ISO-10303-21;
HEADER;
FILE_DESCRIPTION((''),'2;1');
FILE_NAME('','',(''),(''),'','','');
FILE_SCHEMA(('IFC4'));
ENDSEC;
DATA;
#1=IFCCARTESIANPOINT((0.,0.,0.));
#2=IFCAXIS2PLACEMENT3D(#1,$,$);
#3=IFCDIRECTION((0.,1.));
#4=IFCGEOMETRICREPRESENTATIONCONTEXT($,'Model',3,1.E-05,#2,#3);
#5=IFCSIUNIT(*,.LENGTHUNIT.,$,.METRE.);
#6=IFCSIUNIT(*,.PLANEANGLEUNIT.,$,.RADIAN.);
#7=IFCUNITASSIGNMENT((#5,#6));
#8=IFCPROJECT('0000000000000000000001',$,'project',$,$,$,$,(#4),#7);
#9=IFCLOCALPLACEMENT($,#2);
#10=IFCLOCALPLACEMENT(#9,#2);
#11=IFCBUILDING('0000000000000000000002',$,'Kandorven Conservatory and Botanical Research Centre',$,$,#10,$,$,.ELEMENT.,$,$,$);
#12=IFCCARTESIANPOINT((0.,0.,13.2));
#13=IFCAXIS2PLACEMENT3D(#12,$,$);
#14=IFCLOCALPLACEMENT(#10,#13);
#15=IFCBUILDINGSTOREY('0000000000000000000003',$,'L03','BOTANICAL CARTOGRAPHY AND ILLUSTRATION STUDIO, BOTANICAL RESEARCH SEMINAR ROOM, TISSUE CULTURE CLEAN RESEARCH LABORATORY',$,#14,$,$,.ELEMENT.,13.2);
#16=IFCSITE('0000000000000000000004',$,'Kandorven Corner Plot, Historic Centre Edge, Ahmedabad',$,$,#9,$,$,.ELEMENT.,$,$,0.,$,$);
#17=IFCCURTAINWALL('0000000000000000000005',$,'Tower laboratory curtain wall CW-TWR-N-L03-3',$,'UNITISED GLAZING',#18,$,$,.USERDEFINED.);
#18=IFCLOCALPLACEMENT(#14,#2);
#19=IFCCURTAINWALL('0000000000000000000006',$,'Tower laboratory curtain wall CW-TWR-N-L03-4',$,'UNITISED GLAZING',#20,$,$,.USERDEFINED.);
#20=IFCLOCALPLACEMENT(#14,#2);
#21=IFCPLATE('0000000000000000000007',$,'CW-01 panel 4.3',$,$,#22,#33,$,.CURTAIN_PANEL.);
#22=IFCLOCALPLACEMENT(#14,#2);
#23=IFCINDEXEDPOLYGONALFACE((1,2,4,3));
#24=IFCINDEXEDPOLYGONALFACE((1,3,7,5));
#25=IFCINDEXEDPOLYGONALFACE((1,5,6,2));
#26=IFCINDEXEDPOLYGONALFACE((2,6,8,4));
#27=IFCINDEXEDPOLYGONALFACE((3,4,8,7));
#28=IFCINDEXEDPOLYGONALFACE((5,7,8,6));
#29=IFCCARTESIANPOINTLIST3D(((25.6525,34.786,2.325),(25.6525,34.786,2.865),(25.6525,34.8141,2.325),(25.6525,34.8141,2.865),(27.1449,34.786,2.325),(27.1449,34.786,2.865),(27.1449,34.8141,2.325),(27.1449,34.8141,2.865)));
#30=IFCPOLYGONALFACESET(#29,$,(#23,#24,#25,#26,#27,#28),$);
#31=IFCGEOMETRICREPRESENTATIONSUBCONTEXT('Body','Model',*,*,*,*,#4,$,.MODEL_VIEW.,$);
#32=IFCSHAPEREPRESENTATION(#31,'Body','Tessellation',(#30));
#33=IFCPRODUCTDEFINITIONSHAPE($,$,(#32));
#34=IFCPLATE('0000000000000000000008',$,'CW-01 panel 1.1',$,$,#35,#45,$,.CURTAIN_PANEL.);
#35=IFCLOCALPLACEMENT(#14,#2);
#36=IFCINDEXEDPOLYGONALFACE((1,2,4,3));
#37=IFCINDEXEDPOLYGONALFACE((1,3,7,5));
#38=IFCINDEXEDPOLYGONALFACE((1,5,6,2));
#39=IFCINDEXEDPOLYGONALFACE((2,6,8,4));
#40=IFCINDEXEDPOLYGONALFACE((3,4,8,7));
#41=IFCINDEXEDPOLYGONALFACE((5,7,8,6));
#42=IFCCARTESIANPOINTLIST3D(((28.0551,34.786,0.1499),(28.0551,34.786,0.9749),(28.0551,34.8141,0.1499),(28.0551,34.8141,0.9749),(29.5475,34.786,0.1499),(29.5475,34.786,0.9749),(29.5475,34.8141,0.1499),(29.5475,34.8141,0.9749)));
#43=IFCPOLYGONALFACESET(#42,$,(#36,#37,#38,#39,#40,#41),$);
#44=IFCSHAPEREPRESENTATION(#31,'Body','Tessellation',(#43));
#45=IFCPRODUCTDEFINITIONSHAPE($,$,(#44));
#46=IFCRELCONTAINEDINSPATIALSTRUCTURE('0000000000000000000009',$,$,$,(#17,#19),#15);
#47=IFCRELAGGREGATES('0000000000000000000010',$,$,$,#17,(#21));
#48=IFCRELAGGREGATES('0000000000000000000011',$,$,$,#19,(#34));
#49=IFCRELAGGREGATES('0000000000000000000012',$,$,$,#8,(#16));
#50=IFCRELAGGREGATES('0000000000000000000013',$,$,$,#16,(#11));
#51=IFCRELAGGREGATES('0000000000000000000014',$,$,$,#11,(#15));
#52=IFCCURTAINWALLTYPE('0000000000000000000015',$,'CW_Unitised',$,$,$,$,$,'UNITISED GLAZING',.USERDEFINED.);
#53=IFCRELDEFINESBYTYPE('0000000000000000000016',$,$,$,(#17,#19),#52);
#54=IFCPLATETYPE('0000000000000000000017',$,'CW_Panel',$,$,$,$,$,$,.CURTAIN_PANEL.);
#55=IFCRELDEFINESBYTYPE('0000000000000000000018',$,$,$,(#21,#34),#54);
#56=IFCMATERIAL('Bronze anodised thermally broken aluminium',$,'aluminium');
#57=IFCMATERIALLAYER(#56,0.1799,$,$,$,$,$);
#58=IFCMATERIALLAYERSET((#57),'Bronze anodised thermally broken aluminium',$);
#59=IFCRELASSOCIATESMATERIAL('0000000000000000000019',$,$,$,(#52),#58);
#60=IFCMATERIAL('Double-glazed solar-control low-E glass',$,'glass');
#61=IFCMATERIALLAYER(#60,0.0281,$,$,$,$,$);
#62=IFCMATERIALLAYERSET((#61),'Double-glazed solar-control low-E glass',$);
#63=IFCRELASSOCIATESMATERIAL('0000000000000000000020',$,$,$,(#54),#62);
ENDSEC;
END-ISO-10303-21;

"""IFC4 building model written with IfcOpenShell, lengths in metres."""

from ifc_helpers import new_model, si_unit, direction, frame, origin, origin_2d, place, context, subcontext, project, spatial, rectangle, extrude, material, layer, layer_set, type_object, element, aggregate, save


model = new_model("IFC4")

# Units and contexts
model_context = context("Model", 3, precision=1e-05, world=origin(), true_north=direction((0.0, 1.0)))
body_context = subcontext(model_context, "Body", "Model", "MODEL_VIEW")
ifc_project = project(units=[si_unit("LENGTHUNIT", "METRE"), si_unit("PLANEANGLEUNIT", "RADIAN")], contexts=[model_context])

# Site, building, storey
site_placement = place(None, origin())
site = spatial("IfcSite", under=ifc_project, at=site_placement, Name="Kandorven Corner Plot, Historic Centre Edge, Ahmedabad", CompositionType="ELEMENT", RefElevation=0.0)
building_placement = place(site_placement, origin())
building = spatial("IfcBuilding", under=site, at=building_placement, Name="Kandorven Conservatory and Botanical Research Centre", CompositionType="ELEMENT")
storey_placement = place(building_placement, frame((0.0, 0.0, 13.2)))
storey = spatial("IfcBuildingStorey", under=building, at=storey_placement, Name="L03", Description="BOTANICAL CARTOGRAPHY AND ILLUSTRATION STUDIO, BOTANICAL RESEARCH SEMINAR ROOM, TISSUE CULTURE CLEAN RESEARCH LABORATORY", CompositionType="ELEMENT", Elevation=13.2)

# Curtain wall
ifc_material_1 = material(Name="Bronze anodised thermally broken aluminium", Category="aluminium")
ifc_layer_1 = layer(ifc_material_1, 0.1799)
ifc_layer_set_1 = layer_set([ifc_layer_1], Name="Bronze anodised thermally broken aluminium")
curtain_wall_type = type_object("IfcCurtainWallType", Name="CW_Unitised", ElementType="UNITISED GLAZING", PredefinedType="USERDEFINED", material=ifc_layer_set_1)
curtain_wall_1_placement = place(storey_placement, origin())
curtain_wall_1 = element("IfcCurtainWall", 1, at=curtain_wall_1_placement, inside=storey, type_object=curtain_wall_type, Name="Tower laboratory curtain wall CW-TWR-N-L03-3", ObjectType="UNITISED GLAZING", PredefinedType="USERDEFINED")

# Curtain wall
curtain_wall_2_placement = place(storey_placement, origin())
curtain_wall_2 = element("IfcCurtainWall", 2, at=curtain_wall_2_placement, inside=storey, type_object=curtain_wall_type, Name="Tower laboratory curtain wall CW-TWR-N-L03-4", ObjectType="UNITISED GLAZING", PredefinedType="USERDEFINED")

# Plates
ifc_material_2 = material(Name="Double-glazed solar-control low-E glass", Category="glass")
ifc_layer_2 = layer(ifc_material_2, 0.0281)
ifc_layer_set_2 = layer_set([ifc_layer_2], Name="Double-glazed solar-control low-E glass")
plate_type = type_object("IfcPlateType", Name="CW_Panel", PredefinedType="CURTAIN_PANEL", material=ifc_layer_set_2)
plate_1_placement = place(storey_placement, frame((26.3987, 34.8, 2.325), z_axis=(0.0, 0.0, 1.0), x_axis=(1.0, 0.0, 0.0)))
plate_1 = element("IfcPlate", 3, at=plate_1_placement, type_object=plate_type, Name="CW-01 panel 4.3", PredefinedType="CURTAIN_PANEL", context=body_context, shape_type="SweptSolid", body=[
    extrude(rectangle(XDim=1.4924, YDim=0.0281, at=origin_2d()), origin(), (0.0, 0.0, 1.0), 0.54),
])
aggregate(curtain_wall_1, [plate_1])
plate_2_placement = place(storey_placement, frame((28.8013, 34.8, 0.1499), z_axis=(0.0, 0.0, 1.0), x_axis=(1.0, 0.0, 0.0)))
plate_2 = element("IfcPlate", 4, at=plate_2_placement, type_object=plate_type, Name="CW-01 panel 1.1", PredefinedType="CURTAIN_PANEL", context=body_context, shape_type="SweptSolid", body=[
    extrude(rectangle(XDim=1.4924, YDim=0.0281, at=origin_2d()), origin(), (0.0, 0.0, 1.0), 0.825),
])
aggregate(curtain_wall_2, [plate_2])

save(model, "model.ifc")
